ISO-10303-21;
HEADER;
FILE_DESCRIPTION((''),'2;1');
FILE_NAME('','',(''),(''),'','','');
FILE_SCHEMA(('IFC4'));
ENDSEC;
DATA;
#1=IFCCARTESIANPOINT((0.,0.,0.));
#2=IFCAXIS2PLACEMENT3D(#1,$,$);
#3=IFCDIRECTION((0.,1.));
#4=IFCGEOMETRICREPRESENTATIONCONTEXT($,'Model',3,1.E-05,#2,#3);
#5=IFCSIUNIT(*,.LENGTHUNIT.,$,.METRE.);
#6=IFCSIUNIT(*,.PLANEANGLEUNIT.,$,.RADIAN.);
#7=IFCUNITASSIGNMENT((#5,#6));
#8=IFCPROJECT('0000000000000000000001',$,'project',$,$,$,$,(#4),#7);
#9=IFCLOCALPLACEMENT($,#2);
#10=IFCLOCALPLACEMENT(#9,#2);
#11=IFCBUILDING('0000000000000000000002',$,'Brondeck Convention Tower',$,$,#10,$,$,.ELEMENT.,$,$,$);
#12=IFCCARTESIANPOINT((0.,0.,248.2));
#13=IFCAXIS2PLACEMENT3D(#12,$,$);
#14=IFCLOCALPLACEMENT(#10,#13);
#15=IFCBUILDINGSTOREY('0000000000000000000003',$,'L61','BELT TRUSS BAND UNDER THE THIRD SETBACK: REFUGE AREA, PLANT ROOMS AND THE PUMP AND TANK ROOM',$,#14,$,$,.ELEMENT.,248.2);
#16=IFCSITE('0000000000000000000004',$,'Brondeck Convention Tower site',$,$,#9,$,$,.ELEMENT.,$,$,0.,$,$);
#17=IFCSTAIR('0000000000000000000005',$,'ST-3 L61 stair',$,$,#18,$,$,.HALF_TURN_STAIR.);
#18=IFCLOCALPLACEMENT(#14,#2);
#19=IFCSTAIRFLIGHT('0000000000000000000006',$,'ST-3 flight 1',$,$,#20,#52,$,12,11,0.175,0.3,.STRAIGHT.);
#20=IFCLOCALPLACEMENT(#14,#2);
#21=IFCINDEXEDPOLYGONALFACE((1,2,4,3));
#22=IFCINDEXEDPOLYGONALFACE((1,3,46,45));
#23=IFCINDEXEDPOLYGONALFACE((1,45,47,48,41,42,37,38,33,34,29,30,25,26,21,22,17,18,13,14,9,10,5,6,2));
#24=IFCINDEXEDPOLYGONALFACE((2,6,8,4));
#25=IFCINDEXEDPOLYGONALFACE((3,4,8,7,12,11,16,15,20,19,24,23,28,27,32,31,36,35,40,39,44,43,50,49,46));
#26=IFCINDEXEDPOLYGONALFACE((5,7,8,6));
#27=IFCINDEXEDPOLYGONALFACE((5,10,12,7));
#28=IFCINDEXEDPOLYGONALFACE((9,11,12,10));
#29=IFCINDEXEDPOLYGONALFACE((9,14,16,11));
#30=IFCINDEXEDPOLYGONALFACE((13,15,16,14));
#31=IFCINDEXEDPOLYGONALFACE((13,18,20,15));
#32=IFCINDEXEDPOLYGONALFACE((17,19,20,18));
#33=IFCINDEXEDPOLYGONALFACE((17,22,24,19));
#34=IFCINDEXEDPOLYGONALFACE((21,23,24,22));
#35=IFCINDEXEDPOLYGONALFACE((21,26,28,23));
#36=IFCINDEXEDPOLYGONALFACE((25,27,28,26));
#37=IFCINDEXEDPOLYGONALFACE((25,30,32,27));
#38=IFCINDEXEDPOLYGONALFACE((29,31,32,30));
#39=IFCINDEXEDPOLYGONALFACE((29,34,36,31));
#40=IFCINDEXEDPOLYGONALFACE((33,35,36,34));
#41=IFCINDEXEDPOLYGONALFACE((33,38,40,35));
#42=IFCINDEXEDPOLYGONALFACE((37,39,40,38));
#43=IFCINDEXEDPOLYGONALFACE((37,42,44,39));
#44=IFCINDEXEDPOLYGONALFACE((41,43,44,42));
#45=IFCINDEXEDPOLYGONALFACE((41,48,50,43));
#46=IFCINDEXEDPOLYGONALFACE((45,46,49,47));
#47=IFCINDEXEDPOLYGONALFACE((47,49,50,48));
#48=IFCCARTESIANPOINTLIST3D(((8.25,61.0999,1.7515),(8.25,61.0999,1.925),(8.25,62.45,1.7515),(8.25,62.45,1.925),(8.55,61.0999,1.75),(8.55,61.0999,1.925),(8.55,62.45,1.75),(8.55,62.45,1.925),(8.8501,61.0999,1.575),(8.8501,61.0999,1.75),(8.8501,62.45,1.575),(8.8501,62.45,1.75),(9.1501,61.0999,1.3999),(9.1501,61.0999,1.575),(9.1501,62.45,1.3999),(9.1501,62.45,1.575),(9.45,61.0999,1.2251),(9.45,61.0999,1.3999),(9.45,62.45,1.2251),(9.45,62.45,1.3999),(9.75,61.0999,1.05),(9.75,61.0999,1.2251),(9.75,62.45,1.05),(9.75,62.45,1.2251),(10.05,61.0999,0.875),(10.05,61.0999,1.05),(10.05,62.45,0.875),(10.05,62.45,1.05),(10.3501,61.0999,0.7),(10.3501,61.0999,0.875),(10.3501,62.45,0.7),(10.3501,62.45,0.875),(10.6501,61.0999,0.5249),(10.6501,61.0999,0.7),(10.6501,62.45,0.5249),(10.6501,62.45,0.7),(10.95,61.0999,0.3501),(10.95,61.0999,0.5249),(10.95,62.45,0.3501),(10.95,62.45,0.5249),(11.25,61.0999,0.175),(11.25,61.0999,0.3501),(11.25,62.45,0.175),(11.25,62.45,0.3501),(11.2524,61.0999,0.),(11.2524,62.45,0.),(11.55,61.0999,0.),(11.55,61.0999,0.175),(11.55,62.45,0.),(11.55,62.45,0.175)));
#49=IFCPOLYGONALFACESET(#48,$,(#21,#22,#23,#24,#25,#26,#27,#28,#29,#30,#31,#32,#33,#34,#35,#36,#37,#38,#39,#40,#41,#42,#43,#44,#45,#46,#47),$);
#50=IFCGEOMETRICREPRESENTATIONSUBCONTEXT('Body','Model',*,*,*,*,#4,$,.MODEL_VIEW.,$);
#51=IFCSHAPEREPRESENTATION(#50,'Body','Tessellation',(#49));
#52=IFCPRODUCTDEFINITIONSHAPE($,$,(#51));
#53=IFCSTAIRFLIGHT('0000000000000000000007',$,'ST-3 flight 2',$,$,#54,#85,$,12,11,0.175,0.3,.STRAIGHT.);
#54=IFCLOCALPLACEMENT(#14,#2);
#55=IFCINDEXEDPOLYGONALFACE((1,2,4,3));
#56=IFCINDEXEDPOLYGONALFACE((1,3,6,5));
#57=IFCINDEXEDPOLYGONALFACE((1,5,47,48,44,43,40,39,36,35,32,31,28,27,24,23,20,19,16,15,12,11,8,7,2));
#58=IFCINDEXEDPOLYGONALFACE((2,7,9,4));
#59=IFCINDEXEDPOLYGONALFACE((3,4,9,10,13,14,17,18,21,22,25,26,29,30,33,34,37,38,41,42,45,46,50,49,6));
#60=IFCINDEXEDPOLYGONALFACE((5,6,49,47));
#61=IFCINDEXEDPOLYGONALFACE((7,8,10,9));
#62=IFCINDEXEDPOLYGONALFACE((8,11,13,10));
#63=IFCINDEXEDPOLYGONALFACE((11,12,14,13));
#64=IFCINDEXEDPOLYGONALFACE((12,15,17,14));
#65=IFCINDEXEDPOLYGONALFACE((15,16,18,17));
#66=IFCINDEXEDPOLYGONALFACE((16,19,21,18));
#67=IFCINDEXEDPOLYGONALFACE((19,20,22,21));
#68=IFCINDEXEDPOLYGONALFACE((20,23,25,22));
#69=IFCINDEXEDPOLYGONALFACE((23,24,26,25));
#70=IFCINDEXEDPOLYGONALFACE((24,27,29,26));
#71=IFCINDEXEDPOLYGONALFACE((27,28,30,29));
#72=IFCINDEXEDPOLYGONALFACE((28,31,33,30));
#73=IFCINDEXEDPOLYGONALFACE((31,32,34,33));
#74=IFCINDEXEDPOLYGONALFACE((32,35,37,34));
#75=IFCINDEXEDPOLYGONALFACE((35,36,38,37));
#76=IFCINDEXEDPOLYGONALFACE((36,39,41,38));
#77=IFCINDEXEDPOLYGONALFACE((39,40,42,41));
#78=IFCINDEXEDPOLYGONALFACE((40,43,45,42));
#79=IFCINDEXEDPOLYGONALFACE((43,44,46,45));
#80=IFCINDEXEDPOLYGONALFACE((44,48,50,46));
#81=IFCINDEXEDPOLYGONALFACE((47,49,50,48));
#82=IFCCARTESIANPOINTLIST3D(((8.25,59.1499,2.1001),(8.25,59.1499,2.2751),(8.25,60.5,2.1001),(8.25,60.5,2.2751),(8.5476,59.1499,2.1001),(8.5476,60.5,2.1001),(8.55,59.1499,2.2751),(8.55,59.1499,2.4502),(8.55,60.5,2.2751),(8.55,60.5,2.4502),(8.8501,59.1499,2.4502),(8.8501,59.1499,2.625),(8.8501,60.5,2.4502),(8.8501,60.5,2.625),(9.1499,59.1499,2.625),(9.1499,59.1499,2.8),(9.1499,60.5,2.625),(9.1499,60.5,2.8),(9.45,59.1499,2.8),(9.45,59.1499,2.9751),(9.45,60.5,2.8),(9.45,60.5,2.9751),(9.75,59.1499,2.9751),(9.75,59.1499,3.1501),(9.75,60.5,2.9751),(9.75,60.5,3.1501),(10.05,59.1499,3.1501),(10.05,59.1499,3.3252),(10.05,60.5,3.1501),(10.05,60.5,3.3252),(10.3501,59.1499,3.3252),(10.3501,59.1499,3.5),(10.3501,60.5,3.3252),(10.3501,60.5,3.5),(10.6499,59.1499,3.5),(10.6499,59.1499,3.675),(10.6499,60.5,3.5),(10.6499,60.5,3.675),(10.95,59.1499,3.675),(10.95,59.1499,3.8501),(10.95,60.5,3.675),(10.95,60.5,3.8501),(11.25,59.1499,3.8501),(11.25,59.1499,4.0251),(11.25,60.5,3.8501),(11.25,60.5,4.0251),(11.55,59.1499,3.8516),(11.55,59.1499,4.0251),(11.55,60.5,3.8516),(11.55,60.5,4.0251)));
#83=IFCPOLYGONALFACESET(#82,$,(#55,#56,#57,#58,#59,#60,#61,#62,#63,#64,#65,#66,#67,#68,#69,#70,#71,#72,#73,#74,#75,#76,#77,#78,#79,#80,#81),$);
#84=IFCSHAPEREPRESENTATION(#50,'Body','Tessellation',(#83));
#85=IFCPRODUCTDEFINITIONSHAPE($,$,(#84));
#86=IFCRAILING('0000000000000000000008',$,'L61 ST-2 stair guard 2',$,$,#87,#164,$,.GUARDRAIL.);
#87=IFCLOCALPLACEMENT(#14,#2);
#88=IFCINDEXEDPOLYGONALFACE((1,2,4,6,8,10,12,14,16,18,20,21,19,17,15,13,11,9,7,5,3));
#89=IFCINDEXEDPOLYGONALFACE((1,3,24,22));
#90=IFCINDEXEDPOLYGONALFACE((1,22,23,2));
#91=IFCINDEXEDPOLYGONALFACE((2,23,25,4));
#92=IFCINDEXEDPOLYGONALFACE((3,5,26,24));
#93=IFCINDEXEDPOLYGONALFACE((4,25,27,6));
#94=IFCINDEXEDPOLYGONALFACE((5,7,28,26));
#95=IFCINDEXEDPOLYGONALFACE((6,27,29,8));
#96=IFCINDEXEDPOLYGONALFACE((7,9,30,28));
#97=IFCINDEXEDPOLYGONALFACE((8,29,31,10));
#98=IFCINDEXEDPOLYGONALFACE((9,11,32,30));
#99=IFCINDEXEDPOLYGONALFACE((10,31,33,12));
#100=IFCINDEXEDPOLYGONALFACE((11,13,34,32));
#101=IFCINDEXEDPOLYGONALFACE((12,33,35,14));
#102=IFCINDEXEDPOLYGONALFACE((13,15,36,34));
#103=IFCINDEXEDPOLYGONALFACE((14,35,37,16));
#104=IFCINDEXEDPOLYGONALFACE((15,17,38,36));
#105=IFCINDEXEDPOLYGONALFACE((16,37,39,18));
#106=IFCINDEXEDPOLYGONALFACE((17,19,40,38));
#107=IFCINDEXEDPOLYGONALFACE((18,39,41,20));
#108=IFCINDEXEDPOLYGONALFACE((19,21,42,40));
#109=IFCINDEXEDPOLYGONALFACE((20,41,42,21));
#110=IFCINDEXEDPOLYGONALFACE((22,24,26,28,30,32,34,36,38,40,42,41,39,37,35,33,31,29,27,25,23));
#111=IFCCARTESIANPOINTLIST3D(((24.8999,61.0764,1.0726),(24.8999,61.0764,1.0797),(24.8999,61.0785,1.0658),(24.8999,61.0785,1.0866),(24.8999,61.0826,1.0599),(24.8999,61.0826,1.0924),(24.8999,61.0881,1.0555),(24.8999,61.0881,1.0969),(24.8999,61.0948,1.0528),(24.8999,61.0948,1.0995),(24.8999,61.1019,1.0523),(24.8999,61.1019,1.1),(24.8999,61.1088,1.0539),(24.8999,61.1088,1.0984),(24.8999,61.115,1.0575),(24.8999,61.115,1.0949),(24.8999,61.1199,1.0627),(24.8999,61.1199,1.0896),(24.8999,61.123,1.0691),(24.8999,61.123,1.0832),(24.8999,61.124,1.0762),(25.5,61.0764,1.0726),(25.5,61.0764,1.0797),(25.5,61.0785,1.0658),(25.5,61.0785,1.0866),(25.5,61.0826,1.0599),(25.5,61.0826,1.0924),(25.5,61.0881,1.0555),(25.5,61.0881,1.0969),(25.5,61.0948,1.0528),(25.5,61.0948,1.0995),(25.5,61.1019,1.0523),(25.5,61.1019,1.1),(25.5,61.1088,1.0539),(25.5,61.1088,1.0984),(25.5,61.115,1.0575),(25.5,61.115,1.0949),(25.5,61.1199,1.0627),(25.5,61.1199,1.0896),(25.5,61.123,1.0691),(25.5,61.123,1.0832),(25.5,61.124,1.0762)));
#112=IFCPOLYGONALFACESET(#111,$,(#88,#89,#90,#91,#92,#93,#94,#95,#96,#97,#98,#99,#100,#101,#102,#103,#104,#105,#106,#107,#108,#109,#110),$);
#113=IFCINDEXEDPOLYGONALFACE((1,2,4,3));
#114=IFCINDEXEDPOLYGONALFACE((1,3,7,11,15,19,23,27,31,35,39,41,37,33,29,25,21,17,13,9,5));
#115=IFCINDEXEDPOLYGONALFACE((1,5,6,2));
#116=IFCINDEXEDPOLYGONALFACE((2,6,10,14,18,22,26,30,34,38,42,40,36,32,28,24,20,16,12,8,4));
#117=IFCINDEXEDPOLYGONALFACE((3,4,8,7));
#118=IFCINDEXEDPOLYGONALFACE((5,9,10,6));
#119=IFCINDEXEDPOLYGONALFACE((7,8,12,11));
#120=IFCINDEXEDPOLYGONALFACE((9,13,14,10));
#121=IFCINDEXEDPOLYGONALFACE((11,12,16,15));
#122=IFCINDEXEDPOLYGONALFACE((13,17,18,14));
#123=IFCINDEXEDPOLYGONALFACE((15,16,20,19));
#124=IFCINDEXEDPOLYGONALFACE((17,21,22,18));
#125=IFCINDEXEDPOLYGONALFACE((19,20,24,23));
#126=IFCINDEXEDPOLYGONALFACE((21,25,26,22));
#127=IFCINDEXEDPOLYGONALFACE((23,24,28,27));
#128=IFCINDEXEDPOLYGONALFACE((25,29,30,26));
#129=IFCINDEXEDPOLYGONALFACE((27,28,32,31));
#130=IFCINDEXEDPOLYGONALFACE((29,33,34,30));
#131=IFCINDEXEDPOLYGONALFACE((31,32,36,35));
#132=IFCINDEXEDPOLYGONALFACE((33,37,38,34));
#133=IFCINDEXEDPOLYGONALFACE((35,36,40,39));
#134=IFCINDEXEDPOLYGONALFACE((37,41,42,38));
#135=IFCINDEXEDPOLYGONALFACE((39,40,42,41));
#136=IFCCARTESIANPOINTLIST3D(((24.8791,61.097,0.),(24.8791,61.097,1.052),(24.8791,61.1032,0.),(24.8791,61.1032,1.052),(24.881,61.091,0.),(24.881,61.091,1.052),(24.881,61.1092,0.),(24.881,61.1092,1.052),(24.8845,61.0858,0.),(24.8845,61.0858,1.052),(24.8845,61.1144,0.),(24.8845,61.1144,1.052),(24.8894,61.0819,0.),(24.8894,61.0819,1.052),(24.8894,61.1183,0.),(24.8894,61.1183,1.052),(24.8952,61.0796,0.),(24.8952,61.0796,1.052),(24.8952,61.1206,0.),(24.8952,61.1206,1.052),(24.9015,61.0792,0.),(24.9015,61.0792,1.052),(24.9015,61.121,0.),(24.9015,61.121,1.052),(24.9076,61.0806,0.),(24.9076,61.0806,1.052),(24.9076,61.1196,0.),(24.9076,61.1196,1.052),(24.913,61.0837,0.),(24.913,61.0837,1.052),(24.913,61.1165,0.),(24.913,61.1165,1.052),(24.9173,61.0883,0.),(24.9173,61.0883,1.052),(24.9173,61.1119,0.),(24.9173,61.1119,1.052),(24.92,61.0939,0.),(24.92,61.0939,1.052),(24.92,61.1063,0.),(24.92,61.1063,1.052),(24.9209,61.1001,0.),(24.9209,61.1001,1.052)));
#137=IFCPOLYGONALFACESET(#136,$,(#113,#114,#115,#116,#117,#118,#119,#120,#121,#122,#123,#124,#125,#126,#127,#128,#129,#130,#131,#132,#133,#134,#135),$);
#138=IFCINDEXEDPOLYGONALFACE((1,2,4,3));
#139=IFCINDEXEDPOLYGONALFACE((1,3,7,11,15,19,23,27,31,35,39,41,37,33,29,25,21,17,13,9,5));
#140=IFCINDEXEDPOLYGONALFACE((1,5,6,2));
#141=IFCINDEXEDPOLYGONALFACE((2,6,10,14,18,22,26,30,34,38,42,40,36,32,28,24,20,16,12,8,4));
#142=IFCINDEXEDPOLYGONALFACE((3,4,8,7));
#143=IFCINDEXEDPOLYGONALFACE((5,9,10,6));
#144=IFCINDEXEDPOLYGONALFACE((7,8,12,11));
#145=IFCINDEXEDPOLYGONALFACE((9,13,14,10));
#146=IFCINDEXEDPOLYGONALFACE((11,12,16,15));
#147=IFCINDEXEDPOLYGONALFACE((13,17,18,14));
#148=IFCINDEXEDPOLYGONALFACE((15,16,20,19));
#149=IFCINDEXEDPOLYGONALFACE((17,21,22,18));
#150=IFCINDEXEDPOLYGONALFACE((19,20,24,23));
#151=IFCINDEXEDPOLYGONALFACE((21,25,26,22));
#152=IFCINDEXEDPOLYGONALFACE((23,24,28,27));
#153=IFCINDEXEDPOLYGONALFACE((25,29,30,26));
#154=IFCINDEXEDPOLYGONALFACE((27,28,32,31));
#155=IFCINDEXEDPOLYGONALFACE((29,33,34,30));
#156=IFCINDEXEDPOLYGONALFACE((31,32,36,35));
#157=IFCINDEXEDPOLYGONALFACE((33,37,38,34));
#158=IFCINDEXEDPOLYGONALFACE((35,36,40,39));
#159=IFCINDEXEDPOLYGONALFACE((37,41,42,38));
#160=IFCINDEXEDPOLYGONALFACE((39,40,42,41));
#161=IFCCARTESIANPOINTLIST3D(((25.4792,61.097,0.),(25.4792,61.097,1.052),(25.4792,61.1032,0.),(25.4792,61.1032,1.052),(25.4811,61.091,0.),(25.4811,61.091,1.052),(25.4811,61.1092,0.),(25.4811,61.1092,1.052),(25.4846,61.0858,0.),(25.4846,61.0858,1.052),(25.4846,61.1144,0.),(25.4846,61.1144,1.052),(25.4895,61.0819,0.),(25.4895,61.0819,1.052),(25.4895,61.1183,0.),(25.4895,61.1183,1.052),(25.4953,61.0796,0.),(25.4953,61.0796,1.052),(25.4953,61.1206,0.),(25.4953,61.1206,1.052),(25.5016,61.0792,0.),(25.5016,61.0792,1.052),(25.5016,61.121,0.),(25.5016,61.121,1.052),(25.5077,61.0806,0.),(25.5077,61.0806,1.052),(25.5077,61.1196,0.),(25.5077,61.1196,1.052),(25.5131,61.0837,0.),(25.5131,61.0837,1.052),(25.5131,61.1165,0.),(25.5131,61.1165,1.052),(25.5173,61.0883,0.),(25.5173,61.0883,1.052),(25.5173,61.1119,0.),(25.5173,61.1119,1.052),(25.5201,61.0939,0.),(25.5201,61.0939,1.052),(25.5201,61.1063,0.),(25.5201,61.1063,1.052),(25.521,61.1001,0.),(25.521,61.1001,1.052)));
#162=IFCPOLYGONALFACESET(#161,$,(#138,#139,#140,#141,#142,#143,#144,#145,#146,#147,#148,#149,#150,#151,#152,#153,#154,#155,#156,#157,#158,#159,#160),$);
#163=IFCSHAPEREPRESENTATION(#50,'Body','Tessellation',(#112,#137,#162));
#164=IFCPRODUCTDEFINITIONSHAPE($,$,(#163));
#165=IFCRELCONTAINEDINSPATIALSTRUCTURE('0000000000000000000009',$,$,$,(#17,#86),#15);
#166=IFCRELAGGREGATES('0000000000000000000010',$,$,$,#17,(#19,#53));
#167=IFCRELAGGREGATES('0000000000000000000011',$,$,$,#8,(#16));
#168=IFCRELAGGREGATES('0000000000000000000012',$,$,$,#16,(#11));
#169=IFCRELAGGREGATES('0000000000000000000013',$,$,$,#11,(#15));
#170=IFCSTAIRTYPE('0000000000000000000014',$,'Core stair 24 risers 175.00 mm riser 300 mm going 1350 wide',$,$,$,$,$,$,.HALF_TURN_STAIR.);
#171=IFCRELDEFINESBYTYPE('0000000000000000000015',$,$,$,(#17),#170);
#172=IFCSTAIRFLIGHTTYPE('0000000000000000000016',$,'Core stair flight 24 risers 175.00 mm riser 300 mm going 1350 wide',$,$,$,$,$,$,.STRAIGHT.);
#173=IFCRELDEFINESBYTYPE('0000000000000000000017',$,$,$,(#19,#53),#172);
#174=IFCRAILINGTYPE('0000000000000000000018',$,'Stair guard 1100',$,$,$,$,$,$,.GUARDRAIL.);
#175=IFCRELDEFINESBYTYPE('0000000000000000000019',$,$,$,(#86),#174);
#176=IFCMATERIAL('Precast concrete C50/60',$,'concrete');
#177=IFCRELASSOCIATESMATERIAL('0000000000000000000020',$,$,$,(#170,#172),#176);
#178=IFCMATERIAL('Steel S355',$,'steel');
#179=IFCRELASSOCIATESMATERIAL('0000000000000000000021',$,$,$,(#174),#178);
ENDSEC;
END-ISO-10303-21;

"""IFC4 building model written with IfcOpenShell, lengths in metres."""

from ifc_helpers import new_model, si_unit, direction, frame, origin, origin_2d, place, context, subcontext, project, spatial, polyline, circle, outline, extrude, material, type_object, element, aggregate, save


model = new_model("IFC4")

# Units and contexts
model_context = context("Model", 3, precision=1e-05, world=origin(), true_north=direction((0.0, 1.0)))
body_context = subcontext(model_context, "Body", "Model", "MODEL_VIEW")
ifc_project = project(units=[si_unit("LENGTHUNIT", "METRE"), si_unit("PLANEANGLEUNIT", "RADIAN")], contexts=[model_context])

# Site, building, storey
site_placement = place(None, origin())
site = spatial("IfcSite", under=ifc_project, at=site_placement, Name="Brondeck Convention Tower site", CompositionType="ELEMENT", RefElevation=0.0)
building_placement = place(site_placement, origin())
building = spatial("IfcBuilding", under=site, at=building_placement, Name="Brondeck Convention Tower", CompositionType="ELEMENT")
storey_placement = place(building_placement, frame((0.0, 0.0, 248.2)))
storey = spatial("IfcBuildingStorey", under=building, at=storey_placement, Name="L61", Description="BELT TRUSS BAND UNDER THE THIRD SETBACK: REFUGE AREA, PLANT ROOMS AND THE PUMP AND TANK ROOM", CompositionType="ELEMENT", Elevation=248.2)

# Stair, stair flights
ifc_material_1 = material(Name="Precast concrete C50/60", Category="concrete")
stair_type = type_object("IfcStairType", Name="Core stair 24 risers 175.00 mm riser 300 mm going 1350 wide", PredefinedType="HALF_TURN_STAIR", material=ifc_material_1)
stair_flight_type = type_object("IfcStairFlightType", Name="Core stair flight 24 risers 175.00 mm riser 300 mm going 1350 wide", PredefinedType="STRAIGHT", material=ifc_material_1)
stair_1_placement = place(storey_placement, origin())
stair_1 = element("IfcStair", 1, at=stair_1_placement, inside=storey, type_object=stair_type, Name="ST-3 L61 stair", PredefinedType="HALF_TURN_STAIR")
stair_flight_1_placement = place(storey_placement, frame((11.55, 61.7749, 0.0), z_axis=(0.0, 0.0, 1.0), x_axis=(-1.0, 0.0, 0.0)))
stair_flight_1 = element("IfcStairFlight", 2, at=stair_flight_1_placement, type_object=stair_flight_type, Name="ST-3 flight 1", NumberOfRisers=12, NumberOfTreads=11, PredefinedType="STRAIGHT", RiserHeight=0.175, TreadLength=0.3, context=body_context, shape_type="SweptSolid", body=[
    extrude(outline(polyline([(0.0, 0.0), (0.0, 0.175), (0.3, 0.175), (0.3, 0.3501), (0.6001, 0.3501), (0.6001, 0.5249), (0.8999, 0.5249), (0.8999, 0.7), (1.2, 0.7), (1.2, 0.875), (1.5, 0.875), (1.5, 1.05), (1.8, 1.05), (1.8, 1.2251), (2.1001, 1.2251), (2.1001, 1.3999), (2.3999, 1.3999), (2.3999, 1.575), (2.7, 1.575), (2.7, 1.75), (3.0, 1.75), (3.0, 1.925), (3.3, 1.925), (3.3, 2.1001), (3.3, 1.7515), (0.2976, 0.0), (0.0, 0.0)])), frame((0.0, 0.675, 0.0), z_axis=(0.0, -1.0, 0.0), x_axis=(1.0, 0.0, 0.0)), (0.0, 0.0, 1.0), 1.3501),
])
stair_flight_2_placement = place(storey_placement, frame((8.25, 59.825, 2.1001), z_axis=(0.0, 0.0, 1.0), x_axis=(1.0, 0.0, 0.0)))
stair_flight_2 = element("IfcStairFlight", 3, at=stair_flight_2_placement, type_object=stair_flight_type, Name="ST-3 flight 2", NumberOfRisers=12, NumberOfTreads=11, PredefinedType="STRAIGHT", RiserHeight=0.175, TreadLength=0.3, context=body_context, shape_type="SweptSolid", body=[
    extrude(outline(polyline([(0.0, 0.0), (0.0, 0.175), (0.3, 0.175), (0.3, 0.3501), (0.6001, 0.3501), (0.6001, 0.5249), (0.8999, 0.5249), (0.8999, 0.7), (1.2, 0.7), (1.2, 0.875), (1.5, 0.875), (1.5, 1.05), (1.8, 1.05), (1.8, 1.2251), (2.1001, 1.2251), (2.1001, 1.3999), (2.3999, 1.3999), (2.3999, 1.575), (2.7, 1.575), (2.7, 1.75), (3.0, 1.75), (3.0, 1.925), (3.3, 1.925), (3.3, 2.1001), (3.3, 1.7515), (0.2976, 0.0), (0.0, 0.0)])), frame((0.0, 0.675, 0.0), z_axis=(0.0, -1.0, 0.0), x_axis=(1.0, 0.0, 0.0)), (0.0, 0.0, 1.0), 1.3501),
])
aggregate(stair_1, [stair_flight_1, stair_flight_2])

# Railing
ifc_material_2 = material(Name="Steel S355", Category="steel")
railing_type_1 = type_object("IfcRailingType", Name="Stair guard 1100", PredefinedType="GUARDRAIL", material=ifc_material_2)
railing_1_placement = place(storey_placement, frame((24.8999, 61.1001, 0.0)))
element("IfcRailing", 4, at=railing_1_placement, inside=storey, type_object=railing_type_1, Name="L61 ST-2 stair guard 2", PredefinedType="GUARDRAIL", context=body_context, shape_type="SweptSolid", body=[
    extrude(circle(Radius=0.0239, at=origin_2d()), frame((0.0, 0.0, 1.0762), z_axis=(1.0, 0.0, 0.0), x_axis=(0.0, 1.0, 0.0)), (0.0, 0.0, 1.0), 0.6001),
    extrude(circle(Radius=0.021, at=origin_2d()), origin(), (0.0, 0.0, 1.0), 1.052),
    extrude(circle(Radius=0.021, at=origin_2d()), frame((0.6001, 0.0, 0.0)), (0.0, 0.0, 1.0), 1.052),
])

save(model, "model.ifc")
